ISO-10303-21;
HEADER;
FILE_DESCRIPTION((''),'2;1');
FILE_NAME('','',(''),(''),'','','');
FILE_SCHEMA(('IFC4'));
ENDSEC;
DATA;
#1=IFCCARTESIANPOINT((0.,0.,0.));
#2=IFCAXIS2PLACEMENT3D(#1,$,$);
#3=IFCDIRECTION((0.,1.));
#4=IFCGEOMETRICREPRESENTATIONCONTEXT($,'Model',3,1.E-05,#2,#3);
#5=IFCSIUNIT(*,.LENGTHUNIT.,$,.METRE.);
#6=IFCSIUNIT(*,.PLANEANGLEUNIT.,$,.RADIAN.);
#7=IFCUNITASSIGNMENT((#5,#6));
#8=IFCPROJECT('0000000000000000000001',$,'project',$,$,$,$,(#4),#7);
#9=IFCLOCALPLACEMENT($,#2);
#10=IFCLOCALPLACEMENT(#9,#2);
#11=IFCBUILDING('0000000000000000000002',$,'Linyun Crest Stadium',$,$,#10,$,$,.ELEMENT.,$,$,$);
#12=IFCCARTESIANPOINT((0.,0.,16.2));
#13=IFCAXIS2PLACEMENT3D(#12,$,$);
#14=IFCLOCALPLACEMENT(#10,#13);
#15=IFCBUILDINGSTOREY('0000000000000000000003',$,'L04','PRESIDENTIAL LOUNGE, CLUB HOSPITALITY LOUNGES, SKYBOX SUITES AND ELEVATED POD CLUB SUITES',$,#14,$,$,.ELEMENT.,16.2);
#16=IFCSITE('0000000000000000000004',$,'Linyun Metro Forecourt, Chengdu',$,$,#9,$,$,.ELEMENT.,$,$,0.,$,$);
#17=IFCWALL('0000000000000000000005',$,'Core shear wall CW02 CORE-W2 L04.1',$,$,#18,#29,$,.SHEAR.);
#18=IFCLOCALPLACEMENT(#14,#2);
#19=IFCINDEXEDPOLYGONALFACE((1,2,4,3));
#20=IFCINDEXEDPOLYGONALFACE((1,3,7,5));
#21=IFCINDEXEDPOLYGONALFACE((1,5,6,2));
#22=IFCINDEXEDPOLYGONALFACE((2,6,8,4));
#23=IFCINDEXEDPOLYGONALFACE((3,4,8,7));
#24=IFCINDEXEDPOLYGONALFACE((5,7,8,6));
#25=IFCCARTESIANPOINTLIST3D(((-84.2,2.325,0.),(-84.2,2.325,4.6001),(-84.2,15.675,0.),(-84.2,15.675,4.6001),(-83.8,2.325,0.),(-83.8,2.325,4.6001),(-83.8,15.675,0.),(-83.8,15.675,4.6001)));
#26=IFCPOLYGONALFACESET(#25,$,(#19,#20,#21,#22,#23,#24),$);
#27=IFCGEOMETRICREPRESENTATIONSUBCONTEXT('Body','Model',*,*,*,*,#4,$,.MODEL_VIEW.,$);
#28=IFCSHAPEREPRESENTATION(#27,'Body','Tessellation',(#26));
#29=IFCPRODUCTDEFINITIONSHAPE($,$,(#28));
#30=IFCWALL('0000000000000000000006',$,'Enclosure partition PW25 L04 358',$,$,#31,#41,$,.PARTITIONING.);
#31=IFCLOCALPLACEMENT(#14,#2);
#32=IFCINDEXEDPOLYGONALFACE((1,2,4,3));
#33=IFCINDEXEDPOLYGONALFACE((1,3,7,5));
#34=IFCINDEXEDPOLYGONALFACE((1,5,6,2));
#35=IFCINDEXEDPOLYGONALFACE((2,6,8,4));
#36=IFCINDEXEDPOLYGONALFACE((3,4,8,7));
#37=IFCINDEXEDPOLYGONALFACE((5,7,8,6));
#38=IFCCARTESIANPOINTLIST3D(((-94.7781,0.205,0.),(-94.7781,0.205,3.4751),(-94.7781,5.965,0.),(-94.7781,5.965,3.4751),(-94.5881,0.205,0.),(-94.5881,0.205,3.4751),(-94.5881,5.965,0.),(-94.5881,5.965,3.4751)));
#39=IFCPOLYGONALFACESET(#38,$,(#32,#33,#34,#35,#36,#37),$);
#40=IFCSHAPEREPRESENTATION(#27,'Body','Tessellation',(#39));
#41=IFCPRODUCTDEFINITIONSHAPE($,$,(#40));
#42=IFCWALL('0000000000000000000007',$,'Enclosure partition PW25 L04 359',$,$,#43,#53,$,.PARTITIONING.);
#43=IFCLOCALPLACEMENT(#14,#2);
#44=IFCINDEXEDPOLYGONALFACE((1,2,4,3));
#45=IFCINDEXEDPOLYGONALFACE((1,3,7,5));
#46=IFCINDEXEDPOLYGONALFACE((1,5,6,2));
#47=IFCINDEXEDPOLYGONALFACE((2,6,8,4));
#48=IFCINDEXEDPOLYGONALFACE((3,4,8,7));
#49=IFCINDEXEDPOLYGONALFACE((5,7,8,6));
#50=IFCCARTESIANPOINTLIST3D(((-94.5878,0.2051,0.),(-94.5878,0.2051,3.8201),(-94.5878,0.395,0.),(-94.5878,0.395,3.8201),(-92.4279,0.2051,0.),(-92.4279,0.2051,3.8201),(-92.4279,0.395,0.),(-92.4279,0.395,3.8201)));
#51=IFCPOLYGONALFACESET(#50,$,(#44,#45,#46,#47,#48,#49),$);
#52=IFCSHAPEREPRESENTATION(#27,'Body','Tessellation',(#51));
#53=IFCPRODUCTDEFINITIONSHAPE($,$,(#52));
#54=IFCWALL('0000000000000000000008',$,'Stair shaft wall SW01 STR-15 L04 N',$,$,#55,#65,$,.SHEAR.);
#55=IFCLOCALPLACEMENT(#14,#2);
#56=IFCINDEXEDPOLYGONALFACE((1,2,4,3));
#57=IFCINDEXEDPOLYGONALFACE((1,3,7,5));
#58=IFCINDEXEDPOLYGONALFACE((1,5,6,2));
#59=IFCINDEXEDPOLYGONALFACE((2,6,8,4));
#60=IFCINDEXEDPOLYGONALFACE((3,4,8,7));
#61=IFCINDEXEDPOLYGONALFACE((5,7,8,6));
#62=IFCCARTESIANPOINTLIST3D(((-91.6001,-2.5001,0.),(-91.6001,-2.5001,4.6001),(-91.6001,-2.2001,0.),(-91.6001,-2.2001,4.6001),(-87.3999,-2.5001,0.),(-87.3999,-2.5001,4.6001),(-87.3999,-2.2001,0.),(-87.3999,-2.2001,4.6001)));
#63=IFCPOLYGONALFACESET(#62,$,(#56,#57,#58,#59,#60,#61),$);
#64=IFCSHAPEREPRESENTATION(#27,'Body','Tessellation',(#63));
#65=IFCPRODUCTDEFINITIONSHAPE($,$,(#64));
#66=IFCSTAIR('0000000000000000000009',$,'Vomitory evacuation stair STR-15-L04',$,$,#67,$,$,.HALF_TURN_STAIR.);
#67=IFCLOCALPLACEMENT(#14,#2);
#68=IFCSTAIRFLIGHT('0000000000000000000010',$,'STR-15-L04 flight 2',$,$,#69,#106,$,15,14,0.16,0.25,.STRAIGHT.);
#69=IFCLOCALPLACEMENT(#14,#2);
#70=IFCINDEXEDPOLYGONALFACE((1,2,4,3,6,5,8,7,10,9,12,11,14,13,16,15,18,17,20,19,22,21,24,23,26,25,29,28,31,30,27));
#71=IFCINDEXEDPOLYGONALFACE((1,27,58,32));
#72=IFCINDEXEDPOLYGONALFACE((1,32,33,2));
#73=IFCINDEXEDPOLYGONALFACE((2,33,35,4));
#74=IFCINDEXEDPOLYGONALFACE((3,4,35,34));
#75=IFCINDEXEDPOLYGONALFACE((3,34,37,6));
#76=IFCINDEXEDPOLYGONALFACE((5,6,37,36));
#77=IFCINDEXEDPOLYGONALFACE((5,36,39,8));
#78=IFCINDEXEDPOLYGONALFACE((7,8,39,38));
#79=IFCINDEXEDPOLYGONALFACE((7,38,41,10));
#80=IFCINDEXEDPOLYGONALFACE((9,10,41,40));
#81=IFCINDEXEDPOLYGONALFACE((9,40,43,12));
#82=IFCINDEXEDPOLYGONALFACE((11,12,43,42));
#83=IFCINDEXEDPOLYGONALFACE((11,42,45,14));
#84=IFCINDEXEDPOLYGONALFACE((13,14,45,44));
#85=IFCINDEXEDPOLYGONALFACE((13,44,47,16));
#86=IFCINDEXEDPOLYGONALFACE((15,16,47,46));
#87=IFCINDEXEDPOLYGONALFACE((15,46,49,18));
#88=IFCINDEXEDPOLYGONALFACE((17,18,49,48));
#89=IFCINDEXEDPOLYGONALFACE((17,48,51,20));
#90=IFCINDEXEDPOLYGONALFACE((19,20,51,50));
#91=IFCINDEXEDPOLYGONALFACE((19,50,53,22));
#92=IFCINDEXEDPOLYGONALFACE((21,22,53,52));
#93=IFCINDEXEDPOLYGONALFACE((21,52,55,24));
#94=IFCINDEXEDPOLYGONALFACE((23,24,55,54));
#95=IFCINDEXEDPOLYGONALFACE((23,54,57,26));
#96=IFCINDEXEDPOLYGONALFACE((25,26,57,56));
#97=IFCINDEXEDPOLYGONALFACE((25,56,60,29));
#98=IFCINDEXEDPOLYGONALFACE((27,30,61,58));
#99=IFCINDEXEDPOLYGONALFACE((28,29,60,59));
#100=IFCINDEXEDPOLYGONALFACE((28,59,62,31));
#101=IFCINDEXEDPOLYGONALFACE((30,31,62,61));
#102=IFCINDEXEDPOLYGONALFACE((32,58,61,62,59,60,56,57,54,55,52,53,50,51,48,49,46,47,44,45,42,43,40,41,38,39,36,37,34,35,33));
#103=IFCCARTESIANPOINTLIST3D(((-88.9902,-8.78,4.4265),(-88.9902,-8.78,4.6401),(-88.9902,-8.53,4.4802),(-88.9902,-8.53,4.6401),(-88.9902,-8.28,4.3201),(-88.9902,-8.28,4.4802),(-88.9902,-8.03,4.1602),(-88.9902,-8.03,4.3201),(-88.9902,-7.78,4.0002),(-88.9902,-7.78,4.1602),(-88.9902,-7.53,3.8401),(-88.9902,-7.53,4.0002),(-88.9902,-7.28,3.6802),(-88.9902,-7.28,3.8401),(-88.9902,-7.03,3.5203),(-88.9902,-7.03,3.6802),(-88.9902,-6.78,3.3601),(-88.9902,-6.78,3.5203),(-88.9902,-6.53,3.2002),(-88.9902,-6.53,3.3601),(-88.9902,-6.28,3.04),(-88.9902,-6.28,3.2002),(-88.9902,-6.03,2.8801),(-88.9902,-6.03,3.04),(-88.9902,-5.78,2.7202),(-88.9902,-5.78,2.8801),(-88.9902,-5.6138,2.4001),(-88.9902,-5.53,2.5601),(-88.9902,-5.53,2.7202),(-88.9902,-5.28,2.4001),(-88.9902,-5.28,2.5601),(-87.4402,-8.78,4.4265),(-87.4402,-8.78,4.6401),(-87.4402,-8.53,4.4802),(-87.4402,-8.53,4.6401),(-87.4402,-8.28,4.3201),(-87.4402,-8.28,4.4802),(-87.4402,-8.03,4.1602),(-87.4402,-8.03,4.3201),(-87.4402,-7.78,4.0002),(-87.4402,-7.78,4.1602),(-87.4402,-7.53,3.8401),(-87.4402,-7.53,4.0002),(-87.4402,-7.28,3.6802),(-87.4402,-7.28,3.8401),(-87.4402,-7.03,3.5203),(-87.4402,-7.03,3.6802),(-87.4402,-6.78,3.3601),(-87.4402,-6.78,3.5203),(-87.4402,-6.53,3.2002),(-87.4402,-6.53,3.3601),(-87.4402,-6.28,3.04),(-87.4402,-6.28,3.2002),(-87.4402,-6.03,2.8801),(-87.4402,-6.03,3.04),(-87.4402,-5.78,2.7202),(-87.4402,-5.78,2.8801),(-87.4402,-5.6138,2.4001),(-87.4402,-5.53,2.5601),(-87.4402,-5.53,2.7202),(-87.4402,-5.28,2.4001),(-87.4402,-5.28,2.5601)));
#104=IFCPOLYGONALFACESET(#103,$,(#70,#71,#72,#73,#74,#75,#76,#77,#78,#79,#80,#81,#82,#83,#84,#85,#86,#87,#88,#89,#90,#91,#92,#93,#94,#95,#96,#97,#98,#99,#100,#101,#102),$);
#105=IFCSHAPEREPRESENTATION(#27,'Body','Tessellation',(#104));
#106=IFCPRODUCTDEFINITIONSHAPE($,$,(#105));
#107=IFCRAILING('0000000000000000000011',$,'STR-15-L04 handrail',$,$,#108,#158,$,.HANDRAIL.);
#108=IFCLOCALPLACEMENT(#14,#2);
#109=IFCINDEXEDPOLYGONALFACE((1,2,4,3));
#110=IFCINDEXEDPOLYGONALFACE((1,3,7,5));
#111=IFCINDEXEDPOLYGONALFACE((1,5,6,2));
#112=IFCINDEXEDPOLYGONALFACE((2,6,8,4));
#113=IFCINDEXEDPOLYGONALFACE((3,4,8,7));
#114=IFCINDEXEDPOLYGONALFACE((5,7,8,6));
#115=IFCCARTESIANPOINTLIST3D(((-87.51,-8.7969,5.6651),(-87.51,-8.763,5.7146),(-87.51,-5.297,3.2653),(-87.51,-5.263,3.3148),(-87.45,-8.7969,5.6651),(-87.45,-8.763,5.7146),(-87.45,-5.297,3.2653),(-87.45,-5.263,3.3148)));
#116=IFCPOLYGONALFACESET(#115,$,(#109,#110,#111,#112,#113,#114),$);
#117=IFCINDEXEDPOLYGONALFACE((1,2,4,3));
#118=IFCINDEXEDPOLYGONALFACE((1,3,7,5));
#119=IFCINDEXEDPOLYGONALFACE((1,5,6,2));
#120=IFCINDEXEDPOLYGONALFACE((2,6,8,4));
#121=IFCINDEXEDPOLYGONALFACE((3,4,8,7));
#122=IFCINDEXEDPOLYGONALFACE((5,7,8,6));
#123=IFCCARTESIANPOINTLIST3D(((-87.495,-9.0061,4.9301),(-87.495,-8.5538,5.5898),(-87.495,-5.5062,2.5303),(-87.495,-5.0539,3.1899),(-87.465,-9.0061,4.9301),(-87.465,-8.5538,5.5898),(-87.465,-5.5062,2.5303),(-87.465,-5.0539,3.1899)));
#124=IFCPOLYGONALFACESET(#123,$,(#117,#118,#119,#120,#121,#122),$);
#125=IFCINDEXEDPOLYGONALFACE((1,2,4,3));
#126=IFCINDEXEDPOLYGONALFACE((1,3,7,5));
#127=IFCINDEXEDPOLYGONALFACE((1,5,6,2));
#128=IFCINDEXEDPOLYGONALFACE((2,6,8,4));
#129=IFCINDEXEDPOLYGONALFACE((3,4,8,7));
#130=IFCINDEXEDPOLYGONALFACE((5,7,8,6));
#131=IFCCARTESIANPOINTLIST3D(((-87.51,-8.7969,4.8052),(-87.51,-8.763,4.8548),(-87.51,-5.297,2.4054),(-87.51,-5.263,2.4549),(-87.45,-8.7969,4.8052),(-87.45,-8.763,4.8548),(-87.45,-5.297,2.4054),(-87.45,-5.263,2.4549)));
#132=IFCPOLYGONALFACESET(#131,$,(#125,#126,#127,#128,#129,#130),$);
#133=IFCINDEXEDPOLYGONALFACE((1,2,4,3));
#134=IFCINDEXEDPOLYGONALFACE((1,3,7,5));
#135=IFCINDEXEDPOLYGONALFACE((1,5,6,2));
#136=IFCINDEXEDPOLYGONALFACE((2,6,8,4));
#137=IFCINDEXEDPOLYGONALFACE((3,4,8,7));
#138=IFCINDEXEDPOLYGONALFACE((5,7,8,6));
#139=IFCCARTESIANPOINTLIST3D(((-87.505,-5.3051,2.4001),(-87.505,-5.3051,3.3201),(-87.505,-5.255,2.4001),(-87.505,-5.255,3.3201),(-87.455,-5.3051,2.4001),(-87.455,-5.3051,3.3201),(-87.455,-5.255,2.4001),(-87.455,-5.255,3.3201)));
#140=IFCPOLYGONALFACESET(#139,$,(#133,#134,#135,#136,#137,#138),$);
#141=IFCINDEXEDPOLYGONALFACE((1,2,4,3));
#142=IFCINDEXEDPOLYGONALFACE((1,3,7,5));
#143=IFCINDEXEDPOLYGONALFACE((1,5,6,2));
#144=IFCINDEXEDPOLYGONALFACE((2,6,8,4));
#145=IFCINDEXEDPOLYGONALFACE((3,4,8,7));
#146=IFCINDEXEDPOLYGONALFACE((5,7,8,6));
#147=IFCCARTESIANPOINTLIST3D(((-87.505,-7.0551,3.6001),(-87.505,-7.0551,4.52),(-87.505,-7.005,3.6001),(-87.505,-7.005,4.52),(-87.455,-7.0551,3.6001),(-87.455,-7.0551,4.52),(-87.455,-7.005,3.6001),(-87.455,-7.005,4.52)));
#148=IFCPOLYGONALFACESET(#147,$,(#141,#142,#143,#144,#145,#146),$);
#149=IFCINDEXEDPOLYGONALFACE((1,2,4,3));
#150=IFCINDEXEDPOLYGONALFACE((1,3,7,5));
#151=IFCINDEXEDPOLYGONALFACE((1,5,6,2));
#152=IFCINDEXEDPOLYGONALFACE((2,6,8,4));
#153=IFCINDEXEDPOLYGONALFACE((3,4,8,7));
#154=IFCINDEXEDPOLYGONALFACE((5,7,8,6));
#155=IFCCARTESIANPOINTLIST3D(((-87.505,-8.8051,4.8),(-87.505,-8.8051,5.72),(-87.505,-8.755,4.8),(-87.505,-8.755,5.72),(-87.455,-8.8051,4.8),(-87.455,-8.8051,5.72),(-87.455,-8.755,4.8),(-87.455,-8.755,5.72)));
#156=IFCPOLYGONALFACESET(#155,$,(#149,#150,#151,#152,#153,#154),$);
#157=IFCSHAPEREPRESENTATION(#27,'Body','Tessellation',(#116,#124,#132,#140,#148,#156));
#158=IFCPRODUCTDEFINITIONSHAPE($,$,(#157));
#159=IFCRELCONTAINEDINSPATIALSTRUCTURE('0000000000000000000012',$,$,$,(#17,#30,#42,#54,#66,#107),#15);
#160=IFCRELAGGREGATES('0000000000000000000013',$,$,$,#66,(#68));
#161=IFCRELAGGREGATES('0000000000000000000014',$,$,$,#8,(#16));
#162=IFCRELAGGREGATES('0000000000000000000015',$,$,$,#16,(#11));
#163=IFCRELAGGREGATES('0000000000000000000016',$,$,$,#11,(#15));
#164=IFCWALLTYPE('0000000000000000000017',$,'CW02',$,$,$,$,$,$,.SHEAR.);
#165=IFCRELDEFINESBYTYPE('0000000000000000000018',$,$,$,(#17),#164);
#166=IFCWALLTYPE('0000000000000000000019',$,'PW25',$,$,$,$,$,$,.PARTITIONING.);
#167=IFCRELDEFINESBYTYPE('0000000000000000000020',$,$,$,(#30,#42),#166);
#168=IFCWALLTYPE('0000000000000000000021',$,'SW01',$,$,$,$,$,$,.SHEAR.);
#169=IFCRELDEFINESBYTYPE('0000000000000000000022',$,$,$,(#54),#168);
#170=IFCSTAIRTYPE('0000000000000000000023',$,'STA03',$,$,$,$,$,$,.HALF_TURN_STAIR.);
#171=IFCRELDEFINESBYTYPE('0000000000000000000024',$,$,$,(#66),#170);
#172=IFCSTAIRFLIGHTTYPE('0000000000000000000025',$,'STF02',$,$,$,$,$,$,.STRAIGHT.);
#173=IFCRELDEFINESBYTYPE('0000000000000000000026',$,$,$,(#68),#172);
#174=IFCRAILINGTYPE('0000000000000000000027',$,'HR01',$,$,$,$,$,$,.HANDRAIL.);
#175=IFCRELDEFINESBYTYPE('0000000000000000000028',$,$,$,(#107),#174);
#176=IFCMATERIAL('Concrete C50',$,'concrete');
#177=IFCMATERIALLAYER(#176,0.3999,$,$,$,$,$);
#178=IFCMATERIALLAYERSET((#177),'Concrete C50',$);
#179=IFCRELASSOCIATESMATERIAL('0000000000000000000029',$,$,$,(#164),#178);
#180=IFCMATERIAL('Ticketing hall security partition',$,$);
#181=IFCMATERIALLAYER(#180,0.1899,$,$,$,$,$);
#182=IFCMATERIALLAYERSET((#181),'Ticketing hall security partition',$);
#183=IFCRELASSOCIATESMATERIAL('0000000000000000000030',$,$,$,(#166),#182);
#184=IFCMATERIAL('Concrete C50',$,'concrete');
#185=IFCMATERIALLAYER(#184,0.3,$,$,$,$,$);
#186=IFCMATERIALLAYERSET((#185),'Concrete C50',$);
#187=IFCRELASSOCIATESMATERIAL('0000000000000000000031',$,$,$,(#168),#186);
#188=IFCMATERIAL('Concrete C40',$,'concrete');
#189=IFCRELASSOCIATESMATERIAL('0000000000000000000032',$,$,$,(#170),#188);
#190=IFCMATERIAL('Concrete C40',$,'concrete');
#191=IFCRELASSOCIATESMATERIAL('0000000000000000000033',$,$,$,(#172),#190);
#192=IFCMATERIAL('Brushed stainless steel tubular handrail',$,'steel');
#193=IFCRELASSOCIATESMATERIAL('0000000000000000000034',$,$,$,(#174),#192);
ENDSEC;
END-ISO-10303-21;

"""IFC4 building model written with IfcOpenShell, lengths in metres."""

from ifc_helpers import new_model, si_unit, direction, frame, frame_2d, origin, origin_2d, place, context, subcontext, project, spatial, polyline, rectangle, outline, extrude, material, layer, layer_set, type_object, element, aggregate, save


model = new_model("IFC4")

# Units and contexts
model_context = context("Model", 3, precision=1e-05, world=origin(), true_north=direction((0.0, 1.0)))
body_context = subcontext(model_context, "Body", "Model", "MODEL_VIEW")
ifc_project = project(units=[si_unit("LENGTHUNIT", "METRE"), si_unit("PLANEANGLEUNIT", "RADIAN")], contexts=[model_context])

# Site, building, storey
site_placement = place(None, origin())
site = spatial("IfcSite", under=ifc_project, at=site_placement, Name="Linyun Metro Forecourt, Chengdu", CompositionType="ELEMENT", RefElevation=0.0)
building_placement = place(site_placement, origin())
building = spatial("IfcBuilding", under=site, at=building_placement, Name="Linyun Crest Stadium", CompositionType="ELEMENT")
storey_placement = place(building_placement, frame((0.0, 0.0, 16.2)))
storey = spatial("IfcBuildingStorey", under=building, at=storey_placement, Name="L04", Description="PRESIDENTIAL LOUNGE, CLUB HOSPITALITY LOUNGES, SKYBOX SUITES AND ELEVATED POD CLUB SUITES", CompositionType="ELEMENT", Elevation=16.2)

# Walls
ifc_material_1 = material(Name="Concrete C50", Category="concrete")
ifc_layer_1 = layer(ifc_material_1, 0.3999)
ifc_layer_set_1 = layer_set([ifc_layer_1], Name="Concrete C50")
wall_type_1 = type_object("IfcWallType", Name="CW02", PredefinedType="SHEAR", material=ifc_layer_set_1)
wall_1_placement = place(storey_placement, frame((-84.0, 2.325, 0.0), z_axis=(0.0, 0.0, 1.0), x_axis=(0.0, 1.0, 0.0)))
element("IfcWall", 1, at=wall_1_placement, inside=storey, type_object=wall_type_1, Name="Core shear wall CW02 CORE-W2 L04.1", PredefinedType="SHEAR", context=body_context, shape_type="SweptSolid", body=[
    extrude(rectangle(XDim=13.3501, YDim=0.3999, at=frame_2d((6.675, 0.0))), origin(), (0.0, 0.0, 1.0), 4.6001),
])
ifc_material_2 = material(Name="Ticketing hall security partition")
ifc_layer_2 = layer(ifc_material_2, 0.1899)
ifc_layer_set_2 = layer_set([ifc_layer_2], Name="Ticketing hall security partition")
wall_type_2 = type_object("IfcWallType", Name="PW25", PredefinedType="PARTITIONING", material=ifc_layer_set_2)
wall_2_placement = place(storey_placement, frame((-94.6831, 0.2051, 0.0), z_axis=(0.0, 0.0, 1.0), x_axis=(0.0, 1.0, 0.0)))
element("IfcWall", 2, at=wall_2_placement, inside=storey, type_object=wall_type_2, Name="Enclosure partition PW25 L04 358", PredefinedType="PARTITIONING", context=body_context, shape_type="SweptSolid", body=[
    extrude(rectangle(XDim=5.76, YDim=0.1899, at=frame_2d((2.8799, 0.0))), origin(), (0.0, 0.0, 1.0), 3.4751),
])
wall_3_placement = place(storey_placement, frame((-94.5879, 0.3, 0.0), z_axis=(0.0, 0.0, 1.0), x_axis=(1.0, 0.0, 0.0)))
element("IfcWall", 3, at=wall_3_placement, inside=storey, type_object=wall_type_2, Name="Enclosure partition PW25 L04 359", PredefinedType="PARTITIONING", context=body_context, shape_type="SweptSolid", body=[
    extrude(rectangle(XDim=2.1599, YDim=0.1899, at=frame_2d((1.0801, 0.0))), origin(), (0.0, 0.0, 1.0), 3.8201),
])
ifc_material_3 = material(Name="Concrete C50", Category="concrete")
ifc_layer_3 = layer(ifc_material_3, 0.3)
ifc_layer_set_3 = layer_set([ifc_layer_3], Name="Concrete C50")
wall_type_3 = type_object("IfcWallType", Name="SW01", PredefinedType="SHEAR", material=ifc_layer_set_3)
wall_4_placement = place(storey_placement, frame((-91.6001, -2.3501, 0.0), z_axis=(0.0, 0.0, 1.0), x_axis=(1.0, 0.0, 0.0)))
element("IfcWall", 4, at=wall_4_placement, inside=storey, type_object=wall_type_3, Name="Stair shaft wall SW01 STR-15 L04 N", PredefinedType="SHEAR", context=body_context, shape_type="SweptSolid", body=[
    extrude(rectangle(XDim=4.2002, YDim=0.3, at=frame_2d((2.1001, 0.0))), origin(), (0.0, 0.0, 1.0), 4.6001),
])

# Stair, stair flight
ifc_material_4 = material(Name="Concrete C40", Category="concrete")
stair_type = type_object("IfcStairType", Name="STA03", PredefinedType="HALF_TURN_STAIR", material=ifc_material_4)
stair_placement = place(storey_placement, origin())
stair = element("IfcStair", 5, at=stair_placement, inside=storey, type_object=stair_type, Name="Vomitory evacuation stair STR-15-L04", PredefinedType="HALF_TURN_STAIR")
ifc_material_5 = material(Name="Concrete C40", Category="concrete")
stair_flight_type = type_object("IfcStairFlightType", Name="STF02", PredefinedType="STRAIGHT", material=ifc_material_5)
stair_flight_placement = place(storey_placement, frame((-88.2151, -5.28, 2.4001), z_axis=(0.0, 0.0, 1.0), x_axis=(0.0, -1.0, 0.0)))
stair_flight = element("IfcStairFlight", 6, at=stair_flight_placement, type_object=stair_flight_type, Name="STR-15-L04 flight 2", NumberOfRisers=15, NumberOfTreads=14, PredefinedType="STRAIGHT", RiserHeight=0.16, TreadLength=0.25, context=body_context, shape_type="SweptSolid", body=[
    extrude(outline(polyline([(0.0, 0.0), (0.0, 0.1599), (0.25, 0.1599), (0.25, 0.3201), (0.5, 0.3201), (0.5, 0.48), (0.75, 0.48), (0.75, 0.6399), (1.0, 0.6399), (1.0, 0.8), (1.25, 0.8), (1.25, 0.96), (1.5, 0.96), (1.5, 1.1201), (1.75, 1.1201), (1.75, 1.28), (2.0, 1.28), (2.0, 1.4399), (2.25, 1.4399), (2.25, 1.6001), (2.5, 1.6001), (2.5, 1.76), (2.75, 1.76), (2.75, 1.9199), (3.0, 1.9199), (3.0, 2.0801), (3.25, 2.0801), (3.25, 2.24), (3.5, 2.24), (3.5, 2.3999), (3.5, 2.0264), (0.3337, 0.0), (0.0, 0.0)])), frame((0.0, 0.7749, 0.0), z_axis=(0.0, -1.0, 0.0), x_axis=(1.0, 0.0, 0.0)), (0.0, 0.0, 1.0), 1.55),
])
aggregate(stair, [stair_flight])

# Railing
ifc_material_6 = material(Name="Brushed stainless steel tubular handrail", Category="steel")
railing_type = type_object("IfcRailingType", Name="HR01", PredefinedType="HANDRAIL", material=ifc_material_6)
railing_placement = place(storey_placement, frame((-87.48, -5.28, 2.4001)))
element("IfcRailing", 7, at=railing_placement, inside=storey, type_object=railing_type, Name="STR-15-L04 handrail", PredefinedType="HANDRAIL", context=body_context, shape_type="SweptSolid", body=[
    extrude(rectangle(XDim=0.0601, YDim=0.0601, at=origin_2d()), frame((0.0, 0.0, 0.8899), z_axis=(0.0, -0.82474, 0.565513), x_axis=(1.0, 0.0, 0.0)), (0.0, 0.0, 1.0), 4.2437),
    extrude(rectangle(XDim=0.03, YDim=0.7998, at=origin_2d()), frame((0.0, 0.0, 0.46), z_axis=(0.0, -0.82474, 0.565513), x_axis=(1.0, 0.0, 0.0)), (0.0, 0.0, 1.0), 4.2437),
    extrude(rectangle(XDim=0.0601, YDim=0.0601, at=origin_2d()), frame((0.0, 0.0, 0.03), z_axis=(0.0, -0.82474, 0.565513), x_axis=(1.0, 0.0, 0.0)), (0.0, 0.0, 1.0), 4.2437),
    extrude(rectangle(XDim=0.05, YDim=0.05, at=origin_2d()), origin(), (0.0, 0.0, 1.0), 0.9199),
    extrude(rectangle(XDim=0.05, YDim=0.05, at=origin_2d()), frame((0.0, -1.75, 1.2)), (0.0, 0.0, 1.0), 0.9199),
    extrude(rectangle(XDim=0.05, YDim=0.05, at=origin_2d()), frame((0.0, -3.5, 2.3999)), (0.0, 0.0, 1.0), 0.9199),
])

save(model, "model.ifc")
